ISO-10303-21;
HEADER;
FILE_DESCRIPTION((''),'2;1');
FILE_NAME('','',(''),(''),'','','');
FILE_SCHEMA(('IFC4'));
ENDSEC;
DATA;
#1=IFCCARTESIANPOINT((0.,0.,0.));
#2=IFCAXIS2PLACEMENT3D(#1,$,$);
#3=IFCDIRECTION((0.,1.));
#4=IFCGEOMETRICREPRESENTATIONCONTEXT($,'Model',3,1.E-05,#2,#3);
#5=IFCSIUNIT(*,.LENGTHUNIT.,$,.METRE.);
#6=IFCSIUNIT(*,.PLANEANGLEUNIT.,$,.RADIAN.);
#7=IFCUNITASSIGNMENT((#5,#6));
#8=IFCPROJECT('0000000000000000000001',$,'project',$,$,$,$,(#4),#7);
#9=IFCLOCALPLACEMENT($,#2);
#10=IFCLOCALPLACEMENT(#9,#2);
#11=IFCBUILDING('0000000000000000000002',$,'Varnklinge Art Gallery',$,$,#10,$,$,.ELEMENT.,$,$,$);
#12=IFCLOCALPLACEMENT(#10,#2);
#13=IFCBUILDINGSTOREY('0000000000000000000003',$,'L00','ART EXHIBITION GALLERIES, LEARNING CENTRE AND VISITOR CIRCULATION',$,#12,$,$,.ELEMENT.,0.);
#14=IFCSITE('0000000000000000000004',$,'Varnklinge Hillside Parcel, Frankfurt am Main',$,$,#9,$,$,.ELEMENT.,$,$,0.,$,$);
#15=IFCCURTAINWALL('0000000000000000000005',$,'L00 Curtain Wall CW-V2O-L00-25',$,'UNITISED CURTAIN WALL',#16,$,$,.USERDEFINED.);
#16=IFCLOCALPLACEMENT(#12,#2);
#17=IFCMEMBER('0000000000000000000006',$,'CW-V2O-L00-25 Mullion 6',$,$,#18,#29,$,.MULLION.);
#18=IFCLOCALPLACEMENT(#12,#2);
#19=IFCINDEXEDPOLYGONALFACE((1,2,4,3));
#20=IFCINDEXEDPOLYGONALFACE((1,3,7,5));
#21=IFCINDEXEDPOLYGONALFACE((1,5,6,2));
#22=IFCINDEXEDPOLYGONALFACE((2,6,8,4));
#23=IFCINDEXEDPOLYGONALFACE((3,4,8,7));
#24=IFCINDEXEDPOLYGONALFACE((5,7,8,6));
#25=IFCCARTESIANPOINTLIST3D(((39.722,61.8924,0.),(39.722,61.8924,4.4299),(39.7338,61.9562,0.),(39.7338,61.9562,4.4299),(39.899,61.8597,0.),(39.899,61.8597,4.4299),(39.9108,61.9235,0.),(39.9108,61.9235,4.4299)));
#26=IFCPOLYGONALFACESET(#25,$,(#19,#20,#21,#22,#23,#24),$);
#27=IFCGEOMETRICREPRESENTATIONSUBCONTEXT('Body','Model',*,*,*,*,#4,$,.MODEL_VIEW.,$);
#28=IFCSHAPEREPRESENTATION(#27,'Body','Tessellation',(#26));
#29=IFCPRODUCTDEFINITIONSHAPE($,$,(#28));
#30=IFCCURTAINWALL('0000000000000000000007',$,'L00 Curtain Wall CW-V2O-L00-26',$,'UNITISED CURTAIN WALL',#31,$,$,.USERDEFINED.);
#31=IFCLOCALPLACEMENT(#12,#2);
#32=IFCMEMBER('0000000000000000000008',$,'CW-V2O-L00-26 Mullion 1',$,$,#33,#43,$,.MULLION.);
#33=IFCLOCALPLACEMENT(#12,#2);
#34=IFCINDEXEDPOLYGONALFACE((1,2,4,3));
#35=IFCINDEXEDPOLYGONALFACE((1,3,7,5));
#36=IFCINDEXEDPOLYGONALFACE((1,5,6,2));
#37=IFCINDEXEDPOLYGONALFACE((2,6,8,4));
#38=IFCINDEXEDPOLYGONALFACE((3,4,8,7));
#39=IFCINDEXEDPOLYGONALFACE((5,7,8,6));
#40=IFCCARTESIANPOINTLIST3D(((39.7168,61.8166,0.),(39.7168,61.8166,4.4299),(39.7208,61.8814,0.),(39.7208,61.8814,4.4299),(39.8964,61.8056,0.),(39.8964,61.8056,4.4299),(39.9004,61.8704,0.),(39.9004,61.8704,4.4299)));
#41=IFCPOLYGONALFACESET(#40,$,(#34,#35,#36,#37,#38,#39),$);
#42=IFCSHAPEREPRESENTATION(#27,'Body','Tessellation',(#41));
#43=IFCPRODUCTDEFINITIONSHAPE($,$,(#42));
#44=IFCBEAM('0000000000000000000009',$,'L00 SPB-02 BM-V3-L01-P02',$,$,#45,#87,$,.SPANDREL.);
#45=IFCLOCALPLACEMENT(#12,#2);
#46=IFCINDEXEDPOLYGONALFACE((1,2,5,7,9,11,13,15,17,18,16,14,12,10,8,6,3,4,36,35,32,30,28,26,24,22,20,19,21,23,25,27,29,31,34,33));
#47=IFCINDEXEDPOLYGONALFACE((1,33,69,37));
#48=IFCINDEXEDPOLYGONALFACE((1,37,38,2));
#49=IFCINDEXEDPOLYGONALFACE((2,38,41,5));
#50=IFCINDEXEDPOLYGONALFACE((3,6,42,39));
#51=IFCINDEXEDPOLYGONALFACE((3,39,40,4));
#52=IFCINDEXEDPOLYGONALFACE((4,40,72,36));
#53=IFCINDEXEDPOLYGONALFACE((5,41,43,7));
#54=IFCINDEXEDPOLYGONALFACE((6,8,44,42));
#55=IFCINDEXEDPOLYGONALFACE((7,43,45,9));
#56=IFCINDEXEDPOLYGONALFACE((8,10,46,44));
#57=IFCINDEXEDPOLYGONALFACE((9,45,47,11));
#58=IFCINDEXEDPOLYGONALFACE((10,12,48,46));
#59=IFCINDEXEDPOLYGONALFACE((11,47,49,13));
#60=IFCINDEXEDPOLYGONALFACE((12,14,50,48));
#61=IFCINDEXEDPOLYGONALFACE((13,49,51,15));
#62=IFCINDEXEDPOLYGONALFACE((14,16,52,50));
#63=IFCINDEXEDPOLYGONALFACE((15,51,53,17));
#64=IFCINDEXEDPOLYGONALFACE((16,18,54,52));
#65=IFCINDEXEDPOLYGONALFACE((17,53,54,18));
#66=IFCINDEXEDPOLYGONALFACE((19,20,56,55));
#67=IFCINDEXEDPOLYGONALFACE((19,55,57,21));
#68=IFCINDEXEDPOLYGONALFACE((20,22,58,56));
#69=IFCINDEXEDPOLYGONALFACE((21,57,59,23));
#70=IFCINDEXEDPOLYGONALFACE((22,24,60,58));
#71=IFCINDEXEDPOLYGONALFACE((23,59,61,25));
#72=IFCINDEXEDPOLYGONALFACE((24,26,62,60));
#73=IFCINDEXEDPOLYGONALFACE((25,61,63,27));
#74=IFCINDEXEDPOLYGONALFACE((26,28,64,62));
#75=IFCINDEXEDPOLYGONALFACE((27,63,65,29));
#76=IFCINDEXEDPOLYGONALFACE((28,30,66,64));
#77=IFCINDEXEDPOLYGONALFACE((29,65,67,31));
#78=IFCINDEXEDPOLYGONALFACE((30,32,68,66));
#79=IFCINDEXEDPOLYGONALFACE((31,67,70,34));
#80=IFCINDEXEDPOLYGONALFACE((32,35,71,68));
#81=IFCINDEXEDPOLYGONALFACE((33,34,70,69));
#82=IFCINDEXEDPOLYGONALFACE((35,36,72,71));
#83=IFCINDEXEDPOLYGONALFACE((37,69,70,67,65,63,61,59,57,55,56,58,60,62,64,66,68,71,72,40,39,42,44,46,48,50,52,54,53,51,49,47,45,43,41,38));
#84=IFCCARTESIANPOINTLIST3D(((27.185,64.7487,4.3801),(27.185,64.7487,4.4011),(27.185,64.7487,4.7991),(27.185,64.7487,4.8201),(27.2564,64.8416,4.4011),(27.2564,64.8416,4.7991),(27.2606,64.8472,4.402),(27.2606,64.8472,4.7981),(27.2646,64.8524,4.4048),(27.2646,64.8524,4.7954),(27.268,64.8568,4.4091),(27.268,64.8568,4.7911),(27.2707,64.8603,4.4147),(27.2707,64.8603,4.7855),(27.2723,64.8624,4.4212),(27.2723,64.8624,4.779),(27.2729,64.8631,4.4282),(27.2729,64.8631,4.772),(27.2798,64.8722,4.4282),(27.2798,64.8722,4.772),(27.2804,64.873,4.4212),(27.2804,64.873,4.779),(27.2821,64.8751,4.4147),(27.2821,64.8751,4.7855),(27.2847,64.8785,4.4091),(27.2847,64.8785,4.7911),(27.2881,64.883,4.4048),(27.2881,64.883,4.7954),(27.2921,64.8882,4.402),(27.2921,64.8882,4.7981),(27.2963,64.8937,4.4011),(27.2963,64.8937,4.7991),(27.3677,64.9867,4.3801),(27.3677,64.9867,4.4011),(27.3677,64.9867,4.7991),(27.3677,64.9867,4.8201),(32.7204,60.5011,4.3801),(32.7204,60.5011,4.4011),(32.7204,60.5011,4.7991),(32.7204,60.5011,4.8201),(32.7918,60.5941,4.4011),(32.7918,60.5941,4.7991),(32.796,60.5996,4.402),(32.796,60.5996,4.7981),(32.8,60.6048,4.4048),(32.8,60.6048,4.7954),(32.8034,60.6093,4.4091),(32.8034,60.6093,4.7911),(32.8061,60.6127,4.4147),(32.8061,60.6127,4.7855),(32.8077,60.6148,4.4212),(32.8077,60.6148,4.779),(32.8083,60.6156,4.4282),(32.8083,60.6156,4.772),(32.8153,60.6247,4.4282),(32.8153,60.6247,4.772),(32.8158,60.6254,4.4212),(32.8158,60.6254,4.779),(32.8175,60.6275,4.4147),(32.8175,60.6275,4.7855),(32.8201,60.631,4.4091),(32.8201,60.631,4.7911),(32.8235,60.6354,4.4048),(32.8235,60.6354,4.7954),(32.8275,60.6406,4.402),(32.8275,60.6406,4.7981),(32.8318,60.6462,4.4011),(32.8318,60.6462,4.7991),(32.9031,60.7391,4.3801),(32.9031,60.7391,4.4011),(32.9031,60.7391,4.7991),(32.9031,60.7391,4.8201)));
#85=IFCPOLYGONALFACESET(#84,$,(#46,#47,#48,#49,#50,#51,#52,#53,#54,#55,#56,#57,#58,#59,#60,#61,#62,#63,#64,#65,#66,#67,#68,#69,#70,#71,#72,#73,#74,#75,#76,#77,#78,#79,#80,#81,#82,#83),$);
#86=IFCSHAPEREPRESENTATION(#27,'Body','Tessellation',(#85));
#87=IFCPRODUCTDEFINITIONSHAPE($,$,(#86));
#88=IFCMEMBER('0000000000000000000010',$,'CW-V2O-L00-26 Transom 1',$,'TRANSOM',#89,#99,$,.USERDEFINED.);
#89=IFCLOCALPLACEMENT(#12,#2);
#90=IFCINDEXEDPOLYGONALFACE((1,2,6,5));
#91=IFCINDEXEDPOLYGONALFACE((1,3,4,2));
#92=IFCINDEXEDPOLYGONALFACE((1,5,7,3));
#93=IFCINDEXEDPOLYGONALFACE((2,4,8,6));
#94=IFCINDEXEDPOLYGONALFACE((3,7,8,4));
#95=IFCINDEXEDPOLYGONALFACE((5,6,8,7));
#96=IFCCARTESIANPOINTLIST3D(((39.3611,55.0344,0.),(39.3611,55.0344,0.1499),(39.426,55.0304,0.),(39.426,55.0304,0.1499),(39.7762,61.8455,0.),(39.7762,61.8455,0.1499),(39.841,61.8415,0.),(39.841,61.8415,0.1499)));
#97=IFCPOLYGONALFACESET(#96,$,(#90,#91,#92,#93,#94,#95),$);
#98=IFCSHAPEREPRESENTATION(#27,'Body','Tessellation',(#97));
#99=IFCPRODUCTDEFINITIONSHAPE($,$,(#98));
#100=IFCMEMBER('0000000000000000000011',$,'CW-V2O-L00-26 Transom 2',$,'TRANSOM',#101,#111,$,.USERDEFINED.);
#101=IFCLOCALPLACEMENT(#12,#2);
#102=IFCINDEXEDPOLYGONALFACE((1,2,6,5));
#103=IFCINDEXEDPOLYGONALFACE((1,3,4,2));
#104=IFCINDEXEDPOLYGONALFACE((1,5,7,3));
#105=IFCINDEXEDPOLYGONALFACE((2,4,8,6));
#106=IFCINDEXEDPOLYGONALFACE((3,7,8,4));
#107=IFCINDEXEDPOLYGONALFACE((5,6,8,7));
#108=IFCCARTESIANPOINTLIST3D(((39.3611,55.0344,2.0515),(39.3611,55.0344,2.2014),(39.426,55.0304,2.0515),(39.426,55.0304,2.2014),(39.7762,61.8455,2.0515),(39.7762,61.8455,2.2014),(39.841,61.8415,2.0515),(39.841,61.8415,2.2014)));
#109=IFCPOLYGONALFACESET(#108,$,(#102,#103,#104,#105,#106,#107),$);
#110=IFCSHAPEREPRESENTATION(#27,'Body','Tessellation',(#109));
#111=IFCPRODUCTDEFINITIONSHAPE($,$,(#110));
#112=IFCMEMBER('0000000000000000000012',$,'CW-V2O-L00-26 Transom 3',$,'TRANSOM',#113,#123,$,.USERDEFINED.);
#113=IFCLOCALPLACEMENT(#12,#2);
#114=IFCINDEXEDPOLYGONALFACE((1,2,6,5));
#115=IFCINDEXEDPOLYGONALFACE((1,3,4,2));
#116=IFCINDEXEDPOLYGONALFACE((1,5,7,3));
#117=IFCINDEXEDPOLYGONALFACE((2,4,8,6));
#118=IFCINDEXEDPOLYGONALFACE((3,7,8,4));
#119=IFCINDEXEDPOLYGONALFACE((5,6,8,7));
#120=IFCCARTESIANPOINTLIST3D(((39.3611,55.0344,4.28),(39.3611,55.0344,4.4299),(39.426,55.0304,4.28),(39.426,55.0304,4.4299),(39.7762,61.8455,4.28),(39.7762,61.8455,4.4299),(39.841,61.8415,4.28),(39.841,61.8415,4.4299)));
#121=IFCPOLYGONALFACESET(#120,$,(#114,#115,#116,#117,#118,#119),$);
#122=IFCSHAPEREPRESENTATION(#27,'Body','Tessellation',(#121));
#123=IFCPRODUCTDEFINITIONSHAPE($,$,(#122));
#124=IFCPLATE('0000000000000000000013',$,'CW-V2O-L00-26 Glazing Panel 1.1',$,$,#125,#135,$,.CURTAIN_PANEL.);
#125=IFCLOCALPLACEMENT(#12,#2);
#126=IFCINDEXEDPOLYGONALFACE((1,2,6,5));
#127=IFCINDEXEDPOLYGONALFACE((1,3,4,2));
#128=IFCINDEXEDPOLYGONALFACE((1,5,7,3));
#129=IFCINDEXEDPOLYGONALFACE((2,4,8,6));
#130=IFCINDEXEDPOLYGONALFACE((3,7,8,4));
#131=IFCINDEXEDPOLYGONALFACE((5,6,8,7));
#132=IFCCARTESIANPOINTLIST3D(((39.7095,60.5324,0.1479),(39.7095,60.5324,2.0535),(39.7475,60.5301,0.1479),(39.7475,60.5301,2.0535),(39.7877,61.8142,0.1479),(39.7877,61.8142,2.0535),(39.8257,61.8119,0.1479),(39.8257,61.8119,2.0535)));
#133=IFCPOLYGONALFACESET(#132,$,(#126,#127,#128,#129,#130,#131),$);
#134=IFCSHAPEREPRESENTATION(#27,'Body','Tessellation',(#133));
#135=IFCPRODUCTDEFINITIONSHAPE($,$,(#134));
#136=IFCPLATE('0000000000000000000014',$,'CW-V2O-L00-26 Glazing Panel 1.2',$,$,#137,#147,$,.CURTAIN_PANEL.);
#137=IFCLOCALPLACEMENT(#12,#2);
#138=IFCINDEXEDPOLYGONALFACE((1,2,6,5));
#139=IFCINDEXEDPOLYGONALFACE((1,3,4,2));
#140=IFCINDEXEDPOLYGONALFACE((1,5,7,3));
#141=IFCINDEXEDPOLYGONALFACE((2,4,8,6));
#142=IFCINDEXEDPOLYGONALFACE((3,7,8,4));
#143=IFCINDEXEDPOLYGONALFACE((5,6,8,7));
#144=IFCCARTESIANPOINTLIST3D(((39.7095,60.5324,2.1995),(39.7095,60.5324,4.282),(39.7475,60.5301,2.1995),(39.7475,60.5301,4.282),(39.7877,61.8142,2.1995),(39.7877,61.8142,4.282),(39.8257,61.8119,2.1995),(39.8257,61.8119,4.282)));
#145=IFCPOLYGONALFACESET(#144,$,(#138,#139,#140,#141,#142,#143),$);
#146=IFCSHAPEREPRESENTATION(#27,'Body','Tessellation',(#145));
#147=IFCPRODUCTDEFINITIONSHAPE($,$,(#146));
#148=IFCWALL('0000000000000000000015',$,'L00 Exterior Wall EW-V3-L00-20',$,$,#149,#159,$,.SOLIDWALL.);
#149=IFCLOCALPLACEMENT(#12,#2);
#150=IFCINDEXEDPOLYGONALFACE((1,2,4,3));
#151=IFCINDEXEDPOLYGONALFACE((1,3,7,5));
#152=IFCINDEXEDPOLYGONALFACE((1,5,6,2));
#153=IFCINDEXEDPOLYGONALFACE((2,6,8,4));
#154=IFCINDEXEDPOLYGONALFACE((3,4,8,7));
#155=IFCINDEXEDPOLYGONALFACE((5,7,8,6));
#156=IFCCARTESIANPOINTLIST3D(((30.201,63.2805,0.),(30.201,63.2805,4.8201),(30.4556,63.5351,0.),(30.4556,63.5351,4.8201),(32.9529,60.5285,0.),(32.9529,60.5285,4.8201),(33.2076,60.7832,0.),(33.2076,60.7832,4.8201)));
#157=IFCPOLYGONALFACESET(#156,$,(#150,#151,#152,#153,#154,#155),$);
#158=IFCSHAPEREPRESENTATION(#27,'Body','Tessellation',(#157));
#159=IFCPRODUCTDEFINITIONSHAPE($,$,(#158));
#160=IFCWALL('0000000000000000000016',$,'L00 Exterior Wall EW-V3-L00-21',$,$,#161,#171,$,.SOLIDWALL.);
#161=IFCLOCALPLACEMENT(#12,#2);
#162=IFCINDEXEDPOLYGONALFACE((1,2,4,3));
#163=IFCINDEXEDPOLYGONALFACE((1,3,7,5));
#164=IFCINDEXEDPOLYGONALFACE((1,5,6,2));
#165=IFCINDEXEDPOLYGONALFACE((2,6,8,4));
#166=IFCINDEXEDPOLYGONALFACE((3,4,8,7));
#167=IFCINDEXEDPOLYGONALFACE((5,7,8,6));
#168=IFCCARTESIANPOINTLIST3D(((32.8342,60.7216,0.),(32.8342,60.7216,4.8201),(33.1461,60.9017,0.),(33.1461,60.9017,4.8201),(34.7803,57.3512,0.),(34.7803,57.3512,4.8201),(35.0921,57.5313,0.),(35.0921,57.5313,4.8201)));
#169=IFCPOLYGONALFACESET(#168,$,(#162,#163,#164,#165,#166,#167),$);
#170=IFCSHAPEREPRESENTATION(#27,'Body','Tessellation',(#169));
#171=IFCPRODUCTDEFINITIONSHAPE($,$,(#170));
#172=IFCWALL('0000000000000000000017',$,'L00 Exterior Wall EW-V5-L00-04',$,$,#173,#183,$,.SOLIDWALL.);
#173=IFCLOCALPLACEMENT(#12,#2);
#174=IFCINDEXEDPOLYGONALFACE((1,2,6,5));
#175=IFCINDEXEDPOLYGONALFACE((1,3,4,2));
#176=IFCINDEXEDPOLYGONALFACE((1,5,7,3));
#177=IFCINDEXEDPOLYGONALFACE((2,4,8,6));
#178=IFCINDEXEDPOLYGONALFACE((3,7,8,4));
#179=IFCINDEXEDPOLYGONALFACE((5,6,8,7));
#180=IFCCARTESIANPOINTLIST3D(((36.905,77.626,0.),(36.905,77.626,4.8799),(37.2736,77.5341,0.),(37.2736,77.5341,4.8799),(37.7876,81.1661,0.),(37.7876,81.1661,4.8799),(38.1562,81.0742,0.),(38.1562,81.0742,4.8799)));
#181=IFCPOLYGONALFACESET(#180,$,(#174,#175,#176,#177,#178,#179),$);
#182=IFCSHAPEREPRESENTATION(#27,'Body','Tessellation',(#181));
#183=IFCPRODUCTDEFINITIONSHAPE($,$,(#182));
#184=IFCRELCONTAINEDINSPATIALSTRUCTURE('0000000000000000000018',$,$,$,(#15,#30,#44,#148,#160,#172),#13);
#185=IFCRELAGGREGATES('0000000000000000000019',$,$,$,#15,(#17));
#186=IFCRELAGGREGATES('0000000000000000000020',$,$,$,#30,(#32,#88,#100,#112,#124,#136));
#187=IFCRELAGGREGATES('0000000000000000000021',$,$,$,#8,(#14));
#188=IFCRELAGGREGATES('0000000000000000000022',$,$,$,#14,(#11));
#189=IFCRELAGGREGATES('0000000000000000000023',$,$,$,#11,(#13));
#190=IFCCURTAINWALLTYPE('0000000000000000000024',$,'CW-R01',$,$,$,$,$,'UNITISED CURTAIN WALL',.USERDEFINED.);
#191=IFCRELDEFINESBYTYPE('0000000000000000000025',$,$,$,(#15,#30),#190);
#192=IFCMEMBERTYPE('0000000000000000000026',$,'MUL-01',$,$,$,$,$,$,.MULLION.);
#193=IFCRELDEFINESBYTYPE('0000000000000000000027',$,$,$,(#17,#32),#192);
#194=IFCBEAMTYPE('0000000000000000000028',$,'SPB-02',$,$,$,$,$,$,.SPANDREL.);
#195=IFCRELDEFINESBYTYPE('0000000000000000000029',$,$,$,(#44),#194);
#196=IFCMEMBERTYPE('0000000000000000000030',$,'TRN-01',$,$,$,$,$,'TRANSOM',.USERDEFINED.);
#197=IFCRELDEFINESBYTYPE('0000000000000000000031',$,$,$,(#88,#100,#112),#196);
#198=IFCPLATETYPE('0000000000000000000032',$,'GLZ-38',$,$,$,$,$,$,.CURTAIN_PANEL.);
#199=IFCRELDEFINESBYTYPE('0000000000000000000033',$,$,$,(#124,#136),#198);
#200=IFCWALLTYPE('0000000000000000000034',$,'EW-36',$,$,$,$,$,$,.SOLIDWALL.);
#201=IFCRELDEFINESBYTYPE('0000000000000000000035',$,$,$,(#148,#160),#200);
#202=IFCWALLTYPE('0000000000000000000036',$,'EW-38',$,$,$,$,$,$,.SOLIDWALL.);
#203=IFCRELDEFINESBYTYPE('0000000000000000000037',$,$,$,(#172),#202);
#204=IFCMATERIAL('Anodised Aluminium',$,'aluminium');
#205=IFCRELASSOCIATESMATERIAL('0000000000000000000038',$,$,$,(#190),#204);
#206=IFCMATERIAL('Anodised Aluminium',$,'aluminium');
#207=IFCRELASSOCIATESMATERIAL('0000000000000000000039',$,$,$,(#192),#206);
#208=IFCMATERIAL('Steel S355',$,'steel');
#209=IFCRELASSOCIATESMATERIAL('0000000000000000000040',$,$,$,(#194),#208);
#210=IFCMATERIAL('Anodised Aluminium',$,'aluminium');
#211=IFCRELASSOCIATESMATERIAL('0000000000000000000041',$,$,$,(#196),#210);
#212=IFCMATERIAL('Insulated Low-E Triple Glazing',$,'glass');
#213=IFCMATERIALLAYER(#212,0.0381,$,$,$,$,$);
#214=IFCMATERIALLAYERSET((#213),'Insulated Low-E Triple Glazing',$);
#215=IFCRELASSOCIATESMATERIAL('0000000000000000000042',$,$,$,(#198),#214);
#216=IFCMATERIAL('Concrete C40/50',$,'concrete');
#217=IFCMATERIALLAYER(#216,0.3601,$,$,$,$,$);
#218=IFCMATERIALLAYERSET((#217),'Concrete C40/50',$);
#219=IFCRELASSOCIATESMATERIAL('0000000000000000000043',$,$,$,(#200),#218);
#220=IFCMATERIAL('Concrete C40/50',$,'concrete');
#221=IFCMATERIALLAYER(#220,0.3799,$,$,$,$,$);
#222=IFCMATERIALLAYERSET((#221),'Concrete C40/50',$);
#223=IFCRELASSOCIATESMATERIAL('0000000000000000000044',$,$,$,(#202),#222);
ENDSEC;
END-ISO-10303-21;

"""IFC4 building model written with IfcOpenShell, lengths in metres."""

from ifc_helpers import new_model, si_unit, direction, frame, frame_2d, origin, origin_2d, place, context, subcontext, project, spatial, rectangle, i_section, extrude, material, layer, layer_set, material_profile, profile_set, type_object, element, aggregate, save


model = new_model("IFC4")

# Units and contexts
model_context = context("Model", 3, precision=1e-05, world=origin(), true_north=direction((0.0, 1.0)))
body_context = subcontext(model_context, "Body", "Model", "MODEL_VIEW")
ifc_project = project(units=[si_unit("LENGTHUNIT", "METRE"), si_unit("PLANEANGLEUNIT", "RADIAN")], contexts=[model_context])

# Site, building, storey
site_placement = place(None, origin())
site = spatial("IfcSite", under=ifc_project, at=site_placement, Name="Varnklinge Hillside Parcel, Frankfurt am Main", CompositionType="ELEMENT", RefElevation=0.0)
building_placement = place(site_placement, origin())
building = spatial("IfcBuilding", under=site, at=building_placement, Name="Varnklinge Art Gallery", CompositionType="ELEMENT")
storey_placement = place(building_placement, origin())
storey = spatial("IfcBuildingStorey", under=building, at=storey_placement, Name="L00", Description="ART EXHIBITION GALLERIES, LEARNING CENTRE AND VISITOR CIRCULATION", CompositionType="ELEMENT", Elevation=0.0)

# Curtain walls, members
ifc_material_1 = material(Name="Anodised Aluminium", Category="aluminium")
curtain_wall_type = type_object("IfcCurtainWallType", Name="CW-R01", ElementType="UNITISED CURTAIN WALL", PredefinedType="USERDEFINED", material=ifc_material_1)
curtain_wall_1_placement = place(storey_placement, origin())
curtain_wall_1 = element("IfcCurtainWall", 1, at=curtain_wall_1_placement, inside=storey, type_object=curtain_wall_type, Name="L00 Curtain Wall CW-V2O-L00-25", ObjectType="UNITISED CURTAIN WALL", PredefinedType="USERDEFINED")
ifc_material_2 = material(Name="Anodised Aluminium", Category="aluminium")
ifc_material_profile_1 = material_profile(ifc_material_2, rectangle(XDim=0.0649, YDim=0.1799, at=origin_2d()), Name="ALU 65x180")
ifc_profile_set_1 = profile_set([ifc_material_profile_1], Name="Anodised Aluminium")
member_type_1 = type_object("IfcMemberType", Name="MUL-01", PredefinedType="MULLION", material=ifc_profile_set_1)
member_1_placement = place(storey_placement, frame((39.8164, 61.908, 0.0), z_axis=(0.0, 0.0, 1.0), x_axis=(-0.181721, -0.98335, 0.0)))
member_1 = element("IfcMember", 2, at=member_1_placement, type_object=member_type_1, Name="CW-V2O-L00-25 Mullion 6", PredefinedType="MULLION", context=body_context, shape_type="SweptSolid", body=[
    extrude(rectangle(XDim=0.0649, YDim=0.1799, at=origin_2d()), origin(), (0.0, 0.0, 1.0), 4.4299),
])
aggregate(curtain_wall_1, [member_1])
curtain_wall_2_placement = place(storey_placement, origin())
curtain_wall_2 = element("IfcCurtainWall", 3, at=curtain_wall_2_placement, inside=storey, type_object=curtain_wall_type, Name="L00 Curtain Wall CW-V2O-L00-26", ObjectType="UNITISED CURTAIN WALL", PredefinedType="USERDEFINED")
member_2_placement = place(storey_placement, frame((39.8086, 61.8435, 0.0), z_axis=(0.0, 0.0, 1.0), x_axis=(-0.060874, -0.998145, 0.0)))
member_2 = element("IfcMember", 4, at=member_2_placement, type_object=member_type_1, Name="CW-V2O-L00-26 Mullion 1", PredefinedType="MULLION", context=body_context, shape_type="SweptSolid", body=[
    extrude(rectangle(XDim=0.0649, YDim=0.1799, at=origin_2d()), origin(), (0.0, 0.0, 1.0), 4.4299),
])

# Beam
ifc_material_3 = material(Name="Steel S355", Category="steel")
ifc_material_profile_2 = material_profile(ifc_material_3, i_section(OverallWidth=0.3, OverallDepth=0.4399, WebThickness=0.0115, FlangeThickness=0.021, FilletRadius=0.0271, at=origin_2d()), Name="HEA 450")
ifc_profile_set_2 = profile_set([ifc_material_profile_2], Name="Steel S355")
beam_type_1 = type_object("IfcBeamType", Name="SPB-02", PredefinedType="SPANDREL", material=ifc_profile_set_2)
beam_1_placement = place(storey_placement, frame((32.8118, 60.6201, 4.6001), z_axis=(-0.793347, 0.60877, 0.0), x_axis=(-0.60877, -0.793347, 0.0)))
element("IfcBeam", 5, at=beam_1_placement, inside=storey, type_object=beam_type_1, Name="L00 SPB-02 BM-V3-L01-P02", PredefinedType="SPANDREL", context=body_context, shape_type="SweptSolid", body=[
    extrude(i_section(OverallWidth=0.3, OverallDepth=0.4399, WebThickness=0.0115, FlangeThickness=0.021, FilletRadius=0.0271, at=origin_2d()), origin(), (0.0, 0.0, 1.0), 6.9773),
])

# Members
ifc_material_4 = material(Name="Anodised Aluminium", Category="aluminium")
ifc_material_profile_3 = material_profile(ifc_material_4, rectangle(XDim=0.0649, YDim=0.1499, at=origin_2d()), Name="ALU 65x150")
ifc_profile_set_3 = profile_set([ifc_material_profile_3], Name="Anodised Aluminium")
member_type_2 = type_object("IfcMemberType", Name="TRN-01", ElementType="TRANSOM", PredefinedType="USERDEFINED", material=ifc_profile_set_3)
member_3_placement = place(storey_placement, frame((39.8086, 61.8435, 0.075), z_axis=(-0.060823, -0.998149, 0.0), x_axis=(0.998149, -0.060823, 0.0)))
member_3 = element("IfcMember", 6, at=member_3_placement, type_object=member_type_2, Name="CW-V2O-L00-26 Transom 1", ObjectType="TRANSOM", PredefinedType="USERDEFINED", context=body_context, shape_type="SweptSolid", body=[
    extrude(rectangle(XDim=0.0649, YDim=0.1499, at=origin_2d()), origin(), (0.0, 0.0, 1.0), 6.8237),
])
member_4_placement = place(storey_placement, frame((39.8086, 61.8435, 2.1265), z_axis=(-0.060823, -0.998149, 0.0), x_axis=(0.998149, -0.060823, 0.0)))
member_4 = element("IfcMember", 7, at=member_4_placement, type_object=member_type_2, Name="CW-V2O-L00-26 Transom 2", ObjectType="TRANSOM", PredefinedType="USERDEFINED", context=body_context, shape_type="SweptSolid", body=[
    extrude(rectangle(XDim=0.0649, YDim=0.1499, at=origin_2d()), origin(), (0.0, 0.0, 1.0), 6.8237),
])
member_5_placement = place(storey_placement, frame((39.8086, 61.8435, 4.355), z_axis=(-0.060823, -0.998149, 0.0), x_axis=(0.998149, -0.060823, 0.0)))
member_5 = element("IfcMember", 8, at=member_5_placement, type_object=member_type_2, Name="CW-V2O-L00-26 Transom 3", ObjectType="TRANSOM", PredefinedType="USERDEFINED", context=body_context, shape_type="SweptSolid", body=[
    extrude(rectangle(XDim=0.0649, YDim=0.1499, at=origin_2d()), origin(), (0.0, 0.0, 1.0), 6.8237),
])

# Plates
ifc_material_5 = material(Name="Insulated Low-E Triple Glazing", Category="glass")
ifc_layer_1 = layer(ifc_material_5, 0.0381)
ifc_layer_set_1 = layer_set([ifc_layer_1], Name="Insulated Low-E Triple Glazing")
plate_type = type_object("IfcPlateType", Name="GLZ-38", PredefinedType="CURTAIN_PANEL", material=ifc_layer_set_1)
plate_1_placement = place(storey_placement, frame((39.7676, 61.1721, 0.1479), z_axis=(0.0, 0.0, 1.0), x_axis=(-0.060874, -0.998145, 0.0)))
plate_1 = element("IfcPlate", 9, at=plate_1_placement, type_object=plate_type, Name="CW-V2O-L00-26 Glazing Panel 1.1", PredefinedType="CURTAIN_PANEL", context=body_context, shape_type="SweptSolid", body=[
    extrude(rectangle(XDim=1.2842, YDim=0.0381, at=origin_2d()), origin(), (0.0, 0.0, 1.0), 1.9055),
])
plate_2_placement = place(storey_placement, frame((39.7676, 61.1721, 2.1995), z_axis=(0.0, 0.0, 1.0), x_axis=(-0.060874, -0.998145, 0.0)))
plate_2 = element("IfcPlate", 10, at=plate_2_placement, type_object=plate_type, Name="CW-V2O-L00-26 Glazing Panel 1.2", PredefinedType="CURTAIN_PANEL", context=body_context, shape_type="SweptSolid", body=[
    extrude(rectangle(XDim=1.2842, YDim=0.0381, at=origin_2d()), origin(), (0.0, 0.0, 1.0), 2.0825),
])
aggregate(curtain_wall_2, [member_2, member_3, member_4, member_5, plate_1, plate_2])

# Walls
ifc_material_6 = material(Name="Concrete C40/50", Category="concrete")
ifc_layer_2 = layer(ifc_material_6, 0.3601)
ifc_layer_set_2 = layer_set([ifc_layer_2], Name="Concrete C40/50")
wall_type_1 = type_object("IfcWallType", Name="EW-36", PredefinedType="SOLIDWALL", material=ifc_layer_set_2)
for number, where, z_axis, x_axis, name in (
    (11, (30.3284, 63.4077, 0.0), (0.0, 0.0, 1.0), (0.707107, -0.707107, 0.0), "L00 Exterior Wall EW-V3-L00-20"),
    (12, (32.9902, 60.8115, 0.0), (0.0, 0.0, 1.0), (0.500032, -0.866007, 0.0), "L00 Exterior Wall EW-V3-L00-21"),
):
    element("IfcWall", number, at=place(storey_placement, frame(where, z_axis=z_axis, x_axis=x_axis)), inside=storey, type_object=wall_type_1, Name=name, PredefinedType="SOLIDWALL", context=body_context, shape_type="SweptSolid", body=[
        extrude(rectangle(XDim=3.8918, YDim=0.3601, at=frame_2d((1.9458, 0.0))), origin(), (0.0, 0.0, 1.0), 4.8201),
    ])
ifc_material_7 = material(Name="Concrete C40/50", Category="concrete")
ifc_layer_3 = layer(ifc_material_7, 0.3799)
ifc_layer_set_3 = layer_set([ifc_layer_3], Name="Concrete C40/50")
wall_type_2 = type_object("IfcWallType", Name="EW-38", PredefinedType="SOLIDWALL", material=ifc_layer_set_3)
wall_1_placement = place(storey_placement, frame((37.9719, 81.1201, 0.0), z_axis=(0.0, 0.0, 1.0), x_axis=(-0.241906, -0.9703, 0.0)))
element("IfcWall", 13, at=wall_1_placement, inside=storey, type_object=wall_type_2, Name="L00 Exterior Wall EW-V5-L00-04", PredefinedType="SOLIDWALL", context=body_context, shape_type="SweptSolid", body=[
    extrude(rectangle(XDim=3.6484, YDim=0.3799, at=frame_2d((1.8242, 0.0))), origin(), (0.0, 0.0, 1.0), 4.8799),
])

save(model, "model.ifc")
